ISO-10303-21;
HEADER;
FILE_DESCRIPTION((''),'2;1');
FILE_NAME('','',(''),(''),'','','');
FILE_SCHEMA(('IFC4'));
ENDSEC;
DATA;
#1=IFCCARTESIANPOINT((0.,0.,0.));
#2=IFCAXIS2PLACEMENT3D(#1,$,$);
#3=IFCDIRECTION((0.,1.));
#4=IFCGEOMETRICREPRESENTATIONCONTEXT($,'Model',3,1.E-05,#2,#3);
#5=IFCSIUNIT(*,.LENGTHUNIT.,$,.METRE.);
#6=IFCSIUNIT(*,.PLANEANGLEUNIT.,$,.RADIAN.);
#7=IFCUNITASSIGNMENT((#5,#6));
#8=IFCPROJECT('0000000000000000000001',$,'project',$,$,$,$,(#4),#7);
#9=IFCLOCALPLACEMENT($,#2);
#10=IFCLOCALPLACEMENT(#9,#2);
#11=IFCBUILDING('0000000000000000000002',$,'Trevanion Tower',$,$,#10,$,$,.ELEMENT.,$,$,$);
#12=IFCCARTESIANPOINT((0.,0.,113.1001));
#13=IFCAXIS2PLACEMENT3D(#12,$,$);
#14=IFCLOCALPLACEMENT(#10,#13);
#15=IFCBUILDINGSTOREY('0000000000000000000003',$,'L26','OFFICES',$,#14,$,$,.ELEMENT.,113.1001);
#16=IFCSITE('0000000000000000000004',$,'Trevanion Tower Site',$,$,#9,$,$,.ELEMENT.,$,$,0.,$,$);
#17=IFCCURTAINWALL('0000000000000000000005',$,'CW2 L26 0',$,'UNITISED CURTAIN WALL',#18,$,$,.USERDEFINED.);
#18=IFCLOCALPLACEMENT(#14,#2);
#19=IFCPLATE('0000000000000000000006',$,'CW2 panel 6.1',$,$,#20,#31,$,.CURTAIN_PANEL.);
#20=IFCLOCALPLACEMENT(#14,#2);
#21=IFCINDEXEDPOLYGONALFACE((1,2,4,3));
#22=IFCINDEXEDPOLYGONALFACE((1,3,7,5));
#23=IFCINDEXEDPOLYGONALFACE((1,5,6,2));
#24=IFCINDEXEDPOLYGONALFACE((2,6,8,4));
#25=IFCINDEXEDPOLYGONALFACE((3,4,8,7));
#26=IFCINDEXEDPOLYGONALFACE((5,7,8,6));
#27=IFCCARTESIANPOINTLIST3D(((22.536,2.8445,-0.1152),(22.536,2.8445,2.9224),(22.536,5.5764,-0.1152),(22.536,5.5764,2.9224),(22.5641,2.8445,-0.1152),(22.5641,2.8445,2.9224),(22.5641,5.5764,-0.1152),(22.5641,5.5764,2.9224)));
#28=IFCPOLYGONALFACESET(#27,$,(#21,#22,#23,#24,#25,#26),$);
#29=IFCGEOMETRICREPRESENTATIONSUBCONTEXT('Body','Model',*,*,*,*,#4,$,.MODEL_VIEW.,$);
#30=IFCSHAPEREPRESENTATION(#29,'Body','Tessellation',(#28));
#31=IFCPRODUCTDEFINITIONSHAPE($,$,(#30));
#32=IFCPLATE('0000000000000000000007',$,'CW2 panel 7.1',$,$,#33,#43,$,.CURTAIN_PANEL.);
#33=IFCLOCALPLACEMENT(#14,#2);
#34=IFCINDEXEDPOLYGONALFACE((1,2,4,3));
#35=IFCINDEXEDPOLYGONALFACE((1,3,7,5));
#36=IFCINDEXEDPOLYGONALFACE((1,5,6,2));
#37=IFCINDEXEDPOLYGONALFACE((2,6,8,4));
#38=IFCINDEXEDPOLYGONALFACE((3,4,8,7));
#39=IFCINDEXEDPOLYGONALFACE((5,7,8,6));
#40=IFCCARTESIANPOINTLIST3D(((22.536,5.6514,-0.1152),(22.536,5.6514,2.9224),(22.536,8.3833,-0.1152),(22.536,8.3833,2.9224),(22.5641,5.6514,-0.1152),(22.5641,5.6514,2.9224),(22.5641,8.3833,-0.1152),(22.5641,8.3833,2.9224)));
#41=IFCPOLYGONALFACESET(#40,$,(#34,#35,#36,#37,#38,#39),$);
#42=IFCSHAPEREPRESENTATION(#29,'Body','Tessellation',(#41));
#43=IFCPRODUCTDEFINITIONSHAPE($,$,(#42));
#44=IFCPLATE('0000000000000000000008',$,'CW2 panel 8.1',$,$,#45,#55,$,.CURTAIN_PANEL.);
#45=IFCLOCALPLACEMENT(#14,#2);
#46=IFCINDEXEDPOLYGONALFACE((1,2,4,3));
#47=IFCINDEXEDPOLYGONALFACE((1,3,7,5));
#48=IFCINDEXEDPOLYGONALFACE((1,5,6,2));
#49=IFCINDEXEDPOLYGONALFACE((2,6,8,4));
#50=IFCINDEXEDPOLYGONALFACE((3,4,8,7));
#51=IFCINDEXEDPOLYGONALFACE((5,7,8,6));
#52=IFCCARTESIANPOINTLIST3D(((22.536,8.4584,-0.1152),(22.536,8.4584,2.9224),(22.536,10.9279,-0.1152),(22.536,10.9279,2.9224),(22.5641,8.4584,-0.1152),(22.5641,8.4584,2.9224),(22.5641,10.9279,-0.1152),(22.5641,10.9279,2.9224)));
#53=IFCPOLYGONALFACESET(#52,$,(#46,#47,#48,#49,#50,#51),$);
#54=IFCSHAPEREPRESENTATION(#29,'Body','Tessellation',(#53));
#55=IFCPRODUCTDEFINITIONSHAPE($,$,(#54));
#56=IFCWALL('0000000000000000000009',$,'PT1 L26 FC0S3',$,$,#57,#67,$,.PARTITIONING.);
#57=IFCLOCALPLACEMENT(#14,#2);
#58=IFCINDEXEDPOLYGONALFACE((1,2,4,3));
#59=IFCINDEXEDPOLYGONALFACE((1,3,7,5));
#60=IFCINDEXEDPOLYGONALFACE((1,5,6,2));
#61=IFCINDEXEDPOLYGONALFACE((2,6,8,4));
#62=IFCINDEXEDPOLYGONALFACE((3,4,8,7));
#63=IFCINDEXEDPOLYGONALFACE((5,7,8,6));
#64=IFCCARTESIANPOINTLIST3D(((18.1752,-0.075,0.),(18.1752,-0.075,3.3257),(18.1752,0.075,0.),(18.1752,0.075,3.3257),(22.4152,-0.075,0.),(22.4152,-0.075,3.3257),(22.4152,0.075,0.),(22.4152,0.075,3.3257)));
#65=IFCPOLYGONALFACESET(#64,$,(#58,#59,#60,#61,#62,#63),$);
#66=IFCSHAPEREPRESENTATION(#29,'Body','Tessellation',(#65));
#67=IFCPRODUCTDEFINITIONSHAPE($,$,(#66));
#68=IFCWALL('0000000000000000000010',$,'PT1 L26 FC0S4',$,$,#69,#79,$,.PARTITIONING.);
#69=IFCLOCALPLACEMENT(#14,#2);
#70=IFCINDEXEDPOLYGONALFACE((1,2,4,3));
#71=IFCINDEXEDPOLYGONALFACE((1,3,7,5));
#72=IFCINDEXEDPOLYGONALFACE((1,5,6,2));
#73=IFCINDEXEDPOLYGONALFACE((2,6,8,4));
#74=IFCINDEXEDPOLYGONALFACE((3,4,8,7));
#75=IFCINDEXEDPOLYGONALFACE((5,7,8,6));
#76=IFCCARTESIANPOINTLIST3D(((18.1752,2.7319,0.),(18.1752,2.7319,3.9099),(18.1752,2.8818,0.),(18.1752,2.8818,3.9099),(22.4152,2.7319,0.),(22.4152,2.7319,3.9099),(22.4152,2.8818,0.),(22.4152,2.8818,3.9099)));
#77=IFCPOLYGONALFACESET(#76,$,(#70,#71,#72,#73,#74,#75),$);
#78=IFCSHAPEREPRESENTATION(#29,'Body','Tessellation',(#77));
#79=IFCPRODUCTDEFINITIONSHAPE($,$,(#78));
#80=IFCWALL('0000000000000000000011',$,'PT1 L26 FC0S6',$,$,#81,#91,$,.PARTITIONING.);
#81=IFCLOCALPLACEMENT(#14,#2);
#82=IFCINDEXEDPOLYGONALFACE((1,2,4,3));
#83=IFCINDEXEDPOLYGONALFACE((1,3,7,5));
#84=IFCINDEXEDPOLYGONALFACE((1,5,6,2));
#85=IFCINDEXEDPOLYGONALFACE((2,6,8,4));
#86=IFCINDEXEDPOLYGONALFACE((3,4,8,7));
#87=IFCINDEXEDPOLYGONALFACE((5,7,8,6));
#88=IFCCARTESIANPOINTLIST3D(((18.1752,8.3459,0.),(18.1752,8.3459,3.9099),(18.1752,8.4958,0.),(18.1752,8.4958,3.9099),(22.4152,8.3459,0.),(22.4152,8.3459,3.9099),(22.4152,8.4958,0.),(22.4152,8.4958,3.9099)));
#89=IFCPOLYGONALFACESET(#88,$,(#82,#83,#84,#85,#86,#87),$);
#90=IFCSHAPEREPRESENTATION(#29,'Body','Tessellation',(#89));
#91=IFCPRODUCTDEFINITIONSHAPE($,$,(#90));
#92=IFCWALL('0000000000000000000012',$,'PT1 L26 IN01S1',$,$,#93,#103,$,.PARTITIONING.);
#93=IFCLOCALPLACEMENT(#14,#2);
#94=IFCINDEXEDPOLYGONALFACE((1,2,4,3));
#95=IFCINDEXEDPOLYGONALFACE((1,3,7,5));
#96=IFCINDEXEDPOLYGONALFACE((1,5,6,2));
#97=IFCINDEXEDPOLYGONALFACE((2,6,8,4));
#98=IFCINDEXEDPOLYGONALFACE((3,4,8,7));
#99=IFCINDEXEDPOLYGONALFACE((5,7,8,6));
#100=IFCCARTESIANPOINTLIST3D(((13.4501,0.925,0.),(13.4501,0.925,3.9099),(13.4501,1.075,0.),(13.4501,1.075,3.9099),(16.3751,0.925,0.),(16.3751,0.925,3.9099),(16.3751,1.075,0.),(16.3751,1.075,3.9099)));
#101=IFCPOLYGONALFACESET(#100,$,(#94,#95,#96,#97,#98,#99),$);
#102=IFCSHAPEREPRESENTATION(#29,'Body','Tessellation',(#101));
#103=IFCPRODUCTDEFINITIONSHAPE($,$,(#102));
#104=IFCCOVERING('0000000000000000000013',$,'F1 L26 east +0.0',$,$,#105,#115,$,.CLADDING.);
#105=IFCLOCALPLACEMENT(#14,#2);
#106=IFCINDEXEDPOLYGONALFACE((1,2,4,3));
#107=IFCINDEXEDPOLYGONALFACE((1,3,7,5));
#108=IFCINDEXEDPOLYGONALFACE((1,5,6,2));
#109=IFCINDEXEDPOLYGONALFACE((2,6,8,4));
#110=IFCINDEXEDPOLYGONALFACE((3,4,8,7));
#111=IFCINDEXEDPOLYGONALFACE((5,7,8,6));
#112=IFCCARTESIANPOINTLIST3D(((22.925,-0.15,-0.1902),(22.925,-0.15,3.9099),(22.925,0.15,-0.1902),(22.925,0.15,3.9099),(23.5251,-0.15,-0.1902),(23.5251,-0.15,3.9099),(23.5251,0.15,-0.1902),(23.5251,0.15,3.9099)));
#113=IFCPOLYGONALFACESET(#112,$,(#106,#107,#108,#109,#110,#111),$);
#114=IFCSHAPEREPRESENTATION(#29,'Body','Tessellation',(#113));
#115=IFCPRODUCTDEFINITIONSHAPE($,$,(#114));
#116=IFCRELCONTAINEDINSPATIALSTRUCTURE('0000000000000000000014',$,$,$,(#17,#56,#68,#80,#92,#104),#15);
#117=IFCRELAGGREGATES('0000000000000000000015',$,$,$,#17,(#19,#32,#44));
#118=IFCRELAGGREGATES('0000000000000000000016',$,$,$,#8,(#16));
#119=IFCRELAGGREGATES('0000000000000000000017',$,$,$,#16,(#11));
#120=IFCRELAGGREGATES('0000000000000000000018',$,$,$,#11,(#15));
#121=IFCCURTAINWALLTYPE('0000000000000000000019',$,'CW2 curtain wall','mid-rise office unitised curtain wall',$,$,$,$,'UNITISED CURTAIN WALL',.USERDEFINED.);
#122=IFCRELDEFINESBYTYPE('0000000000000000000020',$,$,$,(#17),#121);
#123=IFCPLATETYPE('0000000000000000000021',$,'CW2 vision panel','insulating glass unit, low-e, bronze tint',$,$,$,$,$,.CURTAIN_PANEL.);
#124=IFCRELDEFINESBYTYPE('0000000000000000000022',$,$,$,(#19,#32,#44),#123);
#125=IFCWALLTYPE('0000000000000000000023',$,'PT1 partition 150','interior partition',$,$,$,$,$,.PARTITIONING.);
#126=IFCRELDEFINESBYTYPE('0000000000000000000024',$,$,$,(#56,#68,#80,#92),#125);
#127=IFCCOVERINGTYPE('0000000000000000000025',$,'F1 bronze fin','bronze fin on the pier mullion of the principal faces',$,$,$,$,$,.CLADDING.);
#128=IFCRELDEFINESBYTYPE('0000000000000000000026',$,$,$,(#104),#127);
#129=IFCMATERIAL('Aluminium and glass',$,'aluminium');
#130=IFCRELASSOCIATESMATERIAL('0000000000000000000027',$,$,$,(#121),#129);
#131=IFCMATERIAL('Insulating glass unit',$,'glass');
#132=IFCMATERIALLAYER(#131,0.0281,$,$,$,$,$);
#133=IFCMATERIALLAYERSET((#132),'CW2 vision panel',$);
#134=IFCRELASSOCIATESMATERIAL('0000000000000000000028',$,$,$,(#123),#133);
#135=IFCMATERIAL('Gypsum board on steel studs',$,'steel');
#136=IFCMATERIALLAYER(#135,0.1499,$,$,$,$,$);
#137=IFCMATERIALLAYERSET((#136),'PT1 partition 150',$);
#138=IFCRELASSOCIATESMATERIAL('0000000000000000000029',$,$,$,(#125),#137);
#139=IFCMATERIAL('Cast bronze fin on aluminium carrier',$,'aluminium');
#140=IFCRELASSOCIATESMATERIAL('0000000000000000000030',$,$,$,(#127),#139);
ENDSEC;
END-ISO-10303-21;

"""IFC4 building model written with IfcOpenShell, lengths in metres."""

from ifc_helpers import new_model, si_unit, direction, frame, frame_2d, origin, origin_2d, place, context, subcontext, project, spatial, rectangle, extrude, material, layer, layer_set, type_object, element, aggregate, save


model = new_model("IFC4")

# Units and contexts
model_context = context("Model", 3, precision=1e-05, world=origin(), true_north=direction((0.0, 1.0)))
body_context = subcontext(model_context, "Body", "Model", "MODEL_VIEW")
ifc_project = project(units=[si_unit("LENGTHUNIT", "METRE"), si_unit("PLANEANGLEUNIT", "RADIAN")], contexts=[model_context])

# Site, building, storey
site_placement = place(None, origin())
site = spatial("IfcSite", under=ifc_project, at=site_placement, Name="Trevanion Tower Site", CompositionType="ELEMENT", RefElevation=0.0)
building_placement = place(site_placement, origin())
building = spatial("IfcBuilding", under=site, at=building_placement, Name="Trevanion Tower", CompositionType="ELEMENT")
storey_placement = place(building_placement, frame((0.0, 0.0, 113.1001)))
storey = spatial("IfcBuildingStorey", under=building, at=storey_placement, Name="L26", Description="OFFICES", CompositionType="ELEMENT", Elevation=113.1001)

# Curtain wall
ifc_material_1 = material(Name="Aluminium and glass", Category="aluminium")
curtain_wall_type = type_object("IfcCurtainWallType", Name="CW2 curtain wall", Description="mid-rise office unitised curtain wall", ElementType="UNITISED CURTAIN WALL", PredefinedType="USERDEFINED", material=ifc_material_1)
curtain_wall_placement = place(storey_placement, origin())
curtain_wall = element("IfcCurtainWall", 1, at=curtain_wall_placement, inside=storey, type_object=curtain_wall_type, Name="CW2 L26 0", ObjectType="UNITISED CURTAIN WALL", PredefinedType="USERDEFINED")

# Plates
ifc_material_2 = material(Name="Insulating glass unit", Category="glass")
ifc_layer_1 = layer(ifc_material_2, 0.0281)
ifc_layer_set_1 = layer_set([ifc_layer_1], Name="CW2 vision panel")
plate_type_1 = type_object("IfcPlateType", Name="CW2 vision panel", Description="insulating glass unit, low-e, bronze tint", PredefinedType="CURTAIN_PANEL", material=ifc_layer_set_1)
plate_1_placement = place(storey_placement, frame((22.55, 4.2104, -0.1152), z_axis=(0.0, 0.0, 1.0), x_axis=(0.0, 1.0, 0.0)))
plate_1 = element("IfcPlate", 2, at=plate_1_placement, type_object=plate_type_1, Name="CW2 panel 6.1", PredefinedType="CURTAIN_PANEL", context=body_context, shape_type="SweptSolid", body=[
    extrude(rectangle(XDim=2.7319, YDim=0.0281, at=origin_2d()), origin(), (0.0, 0.0, 1.0), 3.0376),
])
plate_2_placement = place(storey_placement, frame((22.55, 7.0173, -0.1152), z_axis=(0.0, 0.0, 1.0), x_axis=(0.0, 1.0, 0.0)))
plate_2 = element("IfcPlate", 3, at=plate_2_placement, type_object=plate_type_1, Name="CW2 panel 7.1", PredefinedType="CURTAIN_PANEL", context=body_context, shape_type="SweptSolid", body=[
    extrude(rectangle(XDim=2.7319, YDim=0.0281, at=origin_2d()), origin(), (0.0, 0.0, 1.0), 3.0376),
])
plate_3_placement = place(storey_placement, frame((22.55, 9.6931, -0.1152), z_axis=(0.0, 0.0, 1.0), x_axis=(0.0, 1.0, 0.0)))
plate_3 = element("IfcPlate", 4, at=plate_3_placement, type_object=plate_type_1, Name="CW2 panel 8.1", PredefinedType="CURTAIN_PANEL", context=body_context, shape_type="SweptSolid", body=[
    extrude(rectangle(XDim=2.4695, YDim=0.0281, at=origin_2d()), origin(), (0.0, 0.0, 1.0), 3.0376),
])
aggregate(curtain_wall, [plate_1, plate_2, plate_3])

# Walls
ifc_material_3 = material(Name="Gypsum board on steel studs", Category="steel")
ifc_layer_2 = layer(ifc_material_3, 0.1499)
ifc_layer_set_2 = layer_set([ifc_layer_2], Name="PT1 partition 150")
wall_type = type_object("IfcWallType", Name="PT1 partition 150", Description="interior partition", PredefinedType="PARTITIONING", material=ifc_layer_set_2)
wall_1_placement = place(storey_placement, frame((18.175, 0.0, 0.0), z_axis=(0.0, 0.0, 1.0), x_axis=(1.0, 0.0, 0.0)))
element("IfcWall", 5, at=wall_1_placement, inside=storey, type_object=wall_type, Name="PT1 L26 FC0S3", PredefinedType="PARTITIONING", context=body_context, shape_type="SweptSolid", body=[
    extrude(rectangle(XDim=4.24, YDim=0.1499, at=frame_2d((2.1201, 0.0))), origin(), (0.0, 0.0, 1.0), 3.3257),
])
for number, where, z_axis, x_axis, name in (
    (6, (18.175, 2.8069, 0.0), (0.0, 0.0, 1.0), (1.0, 0.0, 0.0), "PT1 L26 FC0S4"),
    (7, (18.175, 8.4209, 0.0), (0.0, 0.0, 1.0), (1.0, 0.0, 0.0), "PT1 L26 FC0S6"),
):
    element("IfcWall", number, at=place(storey_placement, frame(where, z_axis=z_axis, x_axis=x_axis)), inside=storey, type_object=wall_type, Name=name, PredefinedType="PARTITIONING", context=body_context, shape_type="SweptSolid", body=[
        extrude(rectangle(XDim=4.24, YDim=0.1499, at=frame_2d((2.1201, 0.0))), origin(), (0.0, 0.0, 1.0), 3.9099),
    ])
wall_2_placement = place(storey_placement, frame((16.375, 1.0, 0.0), z_axis=(0.0, 0.0, 1.0), x_axis=(-1.0, 0.0, 0.0)))
element("IfcWall", 8, at=wall_2_placement, inside=storey, type_object=wall_type, Name="PT1 L26 IN01S1", PredefinedType="PARTITIONING", context=body_context, shape_type="SweptSolid", body=[
    extrude(rectangle(XDim=2.925, YDim=0.1499, at=frame_2d((1.4624, 0.0))), origin(), (0.0, 0.0, 1.0), 3.9099),
])

# Covering
ifc_material_4 = material(Name="Cast bronze fin on aluminium carrier", Category="aluminium")
covering_type = type_object("IfcCoveringType", Name="F1 bronze fin", Description="bronze fin on the pier mullion of the principal faces", PredefinedType="CLADDING", material=ifc_material_4)
covering_placement = place(storey_placement, frame((23.2251, 0.0, -0.1902), z_axis=(0.0, 0.0, 1.0), x_axis=(0.0, 1.0, 0.0)))
element("IfcCovering", 9, at=covering_placement, inside=storey, type_object=covering_type, Name="F1 L26 east +0.0", PredefinedType="CLADDING", context=body_context, shape_type="SweptSolid", body=[
    extrude(rectangle(XDim=0.3, YDim=0.6001, at=origin_2d()), origin(), (0.0, 0.0, 1.0), 4.1001),
])

save(model, "model.ifc")
